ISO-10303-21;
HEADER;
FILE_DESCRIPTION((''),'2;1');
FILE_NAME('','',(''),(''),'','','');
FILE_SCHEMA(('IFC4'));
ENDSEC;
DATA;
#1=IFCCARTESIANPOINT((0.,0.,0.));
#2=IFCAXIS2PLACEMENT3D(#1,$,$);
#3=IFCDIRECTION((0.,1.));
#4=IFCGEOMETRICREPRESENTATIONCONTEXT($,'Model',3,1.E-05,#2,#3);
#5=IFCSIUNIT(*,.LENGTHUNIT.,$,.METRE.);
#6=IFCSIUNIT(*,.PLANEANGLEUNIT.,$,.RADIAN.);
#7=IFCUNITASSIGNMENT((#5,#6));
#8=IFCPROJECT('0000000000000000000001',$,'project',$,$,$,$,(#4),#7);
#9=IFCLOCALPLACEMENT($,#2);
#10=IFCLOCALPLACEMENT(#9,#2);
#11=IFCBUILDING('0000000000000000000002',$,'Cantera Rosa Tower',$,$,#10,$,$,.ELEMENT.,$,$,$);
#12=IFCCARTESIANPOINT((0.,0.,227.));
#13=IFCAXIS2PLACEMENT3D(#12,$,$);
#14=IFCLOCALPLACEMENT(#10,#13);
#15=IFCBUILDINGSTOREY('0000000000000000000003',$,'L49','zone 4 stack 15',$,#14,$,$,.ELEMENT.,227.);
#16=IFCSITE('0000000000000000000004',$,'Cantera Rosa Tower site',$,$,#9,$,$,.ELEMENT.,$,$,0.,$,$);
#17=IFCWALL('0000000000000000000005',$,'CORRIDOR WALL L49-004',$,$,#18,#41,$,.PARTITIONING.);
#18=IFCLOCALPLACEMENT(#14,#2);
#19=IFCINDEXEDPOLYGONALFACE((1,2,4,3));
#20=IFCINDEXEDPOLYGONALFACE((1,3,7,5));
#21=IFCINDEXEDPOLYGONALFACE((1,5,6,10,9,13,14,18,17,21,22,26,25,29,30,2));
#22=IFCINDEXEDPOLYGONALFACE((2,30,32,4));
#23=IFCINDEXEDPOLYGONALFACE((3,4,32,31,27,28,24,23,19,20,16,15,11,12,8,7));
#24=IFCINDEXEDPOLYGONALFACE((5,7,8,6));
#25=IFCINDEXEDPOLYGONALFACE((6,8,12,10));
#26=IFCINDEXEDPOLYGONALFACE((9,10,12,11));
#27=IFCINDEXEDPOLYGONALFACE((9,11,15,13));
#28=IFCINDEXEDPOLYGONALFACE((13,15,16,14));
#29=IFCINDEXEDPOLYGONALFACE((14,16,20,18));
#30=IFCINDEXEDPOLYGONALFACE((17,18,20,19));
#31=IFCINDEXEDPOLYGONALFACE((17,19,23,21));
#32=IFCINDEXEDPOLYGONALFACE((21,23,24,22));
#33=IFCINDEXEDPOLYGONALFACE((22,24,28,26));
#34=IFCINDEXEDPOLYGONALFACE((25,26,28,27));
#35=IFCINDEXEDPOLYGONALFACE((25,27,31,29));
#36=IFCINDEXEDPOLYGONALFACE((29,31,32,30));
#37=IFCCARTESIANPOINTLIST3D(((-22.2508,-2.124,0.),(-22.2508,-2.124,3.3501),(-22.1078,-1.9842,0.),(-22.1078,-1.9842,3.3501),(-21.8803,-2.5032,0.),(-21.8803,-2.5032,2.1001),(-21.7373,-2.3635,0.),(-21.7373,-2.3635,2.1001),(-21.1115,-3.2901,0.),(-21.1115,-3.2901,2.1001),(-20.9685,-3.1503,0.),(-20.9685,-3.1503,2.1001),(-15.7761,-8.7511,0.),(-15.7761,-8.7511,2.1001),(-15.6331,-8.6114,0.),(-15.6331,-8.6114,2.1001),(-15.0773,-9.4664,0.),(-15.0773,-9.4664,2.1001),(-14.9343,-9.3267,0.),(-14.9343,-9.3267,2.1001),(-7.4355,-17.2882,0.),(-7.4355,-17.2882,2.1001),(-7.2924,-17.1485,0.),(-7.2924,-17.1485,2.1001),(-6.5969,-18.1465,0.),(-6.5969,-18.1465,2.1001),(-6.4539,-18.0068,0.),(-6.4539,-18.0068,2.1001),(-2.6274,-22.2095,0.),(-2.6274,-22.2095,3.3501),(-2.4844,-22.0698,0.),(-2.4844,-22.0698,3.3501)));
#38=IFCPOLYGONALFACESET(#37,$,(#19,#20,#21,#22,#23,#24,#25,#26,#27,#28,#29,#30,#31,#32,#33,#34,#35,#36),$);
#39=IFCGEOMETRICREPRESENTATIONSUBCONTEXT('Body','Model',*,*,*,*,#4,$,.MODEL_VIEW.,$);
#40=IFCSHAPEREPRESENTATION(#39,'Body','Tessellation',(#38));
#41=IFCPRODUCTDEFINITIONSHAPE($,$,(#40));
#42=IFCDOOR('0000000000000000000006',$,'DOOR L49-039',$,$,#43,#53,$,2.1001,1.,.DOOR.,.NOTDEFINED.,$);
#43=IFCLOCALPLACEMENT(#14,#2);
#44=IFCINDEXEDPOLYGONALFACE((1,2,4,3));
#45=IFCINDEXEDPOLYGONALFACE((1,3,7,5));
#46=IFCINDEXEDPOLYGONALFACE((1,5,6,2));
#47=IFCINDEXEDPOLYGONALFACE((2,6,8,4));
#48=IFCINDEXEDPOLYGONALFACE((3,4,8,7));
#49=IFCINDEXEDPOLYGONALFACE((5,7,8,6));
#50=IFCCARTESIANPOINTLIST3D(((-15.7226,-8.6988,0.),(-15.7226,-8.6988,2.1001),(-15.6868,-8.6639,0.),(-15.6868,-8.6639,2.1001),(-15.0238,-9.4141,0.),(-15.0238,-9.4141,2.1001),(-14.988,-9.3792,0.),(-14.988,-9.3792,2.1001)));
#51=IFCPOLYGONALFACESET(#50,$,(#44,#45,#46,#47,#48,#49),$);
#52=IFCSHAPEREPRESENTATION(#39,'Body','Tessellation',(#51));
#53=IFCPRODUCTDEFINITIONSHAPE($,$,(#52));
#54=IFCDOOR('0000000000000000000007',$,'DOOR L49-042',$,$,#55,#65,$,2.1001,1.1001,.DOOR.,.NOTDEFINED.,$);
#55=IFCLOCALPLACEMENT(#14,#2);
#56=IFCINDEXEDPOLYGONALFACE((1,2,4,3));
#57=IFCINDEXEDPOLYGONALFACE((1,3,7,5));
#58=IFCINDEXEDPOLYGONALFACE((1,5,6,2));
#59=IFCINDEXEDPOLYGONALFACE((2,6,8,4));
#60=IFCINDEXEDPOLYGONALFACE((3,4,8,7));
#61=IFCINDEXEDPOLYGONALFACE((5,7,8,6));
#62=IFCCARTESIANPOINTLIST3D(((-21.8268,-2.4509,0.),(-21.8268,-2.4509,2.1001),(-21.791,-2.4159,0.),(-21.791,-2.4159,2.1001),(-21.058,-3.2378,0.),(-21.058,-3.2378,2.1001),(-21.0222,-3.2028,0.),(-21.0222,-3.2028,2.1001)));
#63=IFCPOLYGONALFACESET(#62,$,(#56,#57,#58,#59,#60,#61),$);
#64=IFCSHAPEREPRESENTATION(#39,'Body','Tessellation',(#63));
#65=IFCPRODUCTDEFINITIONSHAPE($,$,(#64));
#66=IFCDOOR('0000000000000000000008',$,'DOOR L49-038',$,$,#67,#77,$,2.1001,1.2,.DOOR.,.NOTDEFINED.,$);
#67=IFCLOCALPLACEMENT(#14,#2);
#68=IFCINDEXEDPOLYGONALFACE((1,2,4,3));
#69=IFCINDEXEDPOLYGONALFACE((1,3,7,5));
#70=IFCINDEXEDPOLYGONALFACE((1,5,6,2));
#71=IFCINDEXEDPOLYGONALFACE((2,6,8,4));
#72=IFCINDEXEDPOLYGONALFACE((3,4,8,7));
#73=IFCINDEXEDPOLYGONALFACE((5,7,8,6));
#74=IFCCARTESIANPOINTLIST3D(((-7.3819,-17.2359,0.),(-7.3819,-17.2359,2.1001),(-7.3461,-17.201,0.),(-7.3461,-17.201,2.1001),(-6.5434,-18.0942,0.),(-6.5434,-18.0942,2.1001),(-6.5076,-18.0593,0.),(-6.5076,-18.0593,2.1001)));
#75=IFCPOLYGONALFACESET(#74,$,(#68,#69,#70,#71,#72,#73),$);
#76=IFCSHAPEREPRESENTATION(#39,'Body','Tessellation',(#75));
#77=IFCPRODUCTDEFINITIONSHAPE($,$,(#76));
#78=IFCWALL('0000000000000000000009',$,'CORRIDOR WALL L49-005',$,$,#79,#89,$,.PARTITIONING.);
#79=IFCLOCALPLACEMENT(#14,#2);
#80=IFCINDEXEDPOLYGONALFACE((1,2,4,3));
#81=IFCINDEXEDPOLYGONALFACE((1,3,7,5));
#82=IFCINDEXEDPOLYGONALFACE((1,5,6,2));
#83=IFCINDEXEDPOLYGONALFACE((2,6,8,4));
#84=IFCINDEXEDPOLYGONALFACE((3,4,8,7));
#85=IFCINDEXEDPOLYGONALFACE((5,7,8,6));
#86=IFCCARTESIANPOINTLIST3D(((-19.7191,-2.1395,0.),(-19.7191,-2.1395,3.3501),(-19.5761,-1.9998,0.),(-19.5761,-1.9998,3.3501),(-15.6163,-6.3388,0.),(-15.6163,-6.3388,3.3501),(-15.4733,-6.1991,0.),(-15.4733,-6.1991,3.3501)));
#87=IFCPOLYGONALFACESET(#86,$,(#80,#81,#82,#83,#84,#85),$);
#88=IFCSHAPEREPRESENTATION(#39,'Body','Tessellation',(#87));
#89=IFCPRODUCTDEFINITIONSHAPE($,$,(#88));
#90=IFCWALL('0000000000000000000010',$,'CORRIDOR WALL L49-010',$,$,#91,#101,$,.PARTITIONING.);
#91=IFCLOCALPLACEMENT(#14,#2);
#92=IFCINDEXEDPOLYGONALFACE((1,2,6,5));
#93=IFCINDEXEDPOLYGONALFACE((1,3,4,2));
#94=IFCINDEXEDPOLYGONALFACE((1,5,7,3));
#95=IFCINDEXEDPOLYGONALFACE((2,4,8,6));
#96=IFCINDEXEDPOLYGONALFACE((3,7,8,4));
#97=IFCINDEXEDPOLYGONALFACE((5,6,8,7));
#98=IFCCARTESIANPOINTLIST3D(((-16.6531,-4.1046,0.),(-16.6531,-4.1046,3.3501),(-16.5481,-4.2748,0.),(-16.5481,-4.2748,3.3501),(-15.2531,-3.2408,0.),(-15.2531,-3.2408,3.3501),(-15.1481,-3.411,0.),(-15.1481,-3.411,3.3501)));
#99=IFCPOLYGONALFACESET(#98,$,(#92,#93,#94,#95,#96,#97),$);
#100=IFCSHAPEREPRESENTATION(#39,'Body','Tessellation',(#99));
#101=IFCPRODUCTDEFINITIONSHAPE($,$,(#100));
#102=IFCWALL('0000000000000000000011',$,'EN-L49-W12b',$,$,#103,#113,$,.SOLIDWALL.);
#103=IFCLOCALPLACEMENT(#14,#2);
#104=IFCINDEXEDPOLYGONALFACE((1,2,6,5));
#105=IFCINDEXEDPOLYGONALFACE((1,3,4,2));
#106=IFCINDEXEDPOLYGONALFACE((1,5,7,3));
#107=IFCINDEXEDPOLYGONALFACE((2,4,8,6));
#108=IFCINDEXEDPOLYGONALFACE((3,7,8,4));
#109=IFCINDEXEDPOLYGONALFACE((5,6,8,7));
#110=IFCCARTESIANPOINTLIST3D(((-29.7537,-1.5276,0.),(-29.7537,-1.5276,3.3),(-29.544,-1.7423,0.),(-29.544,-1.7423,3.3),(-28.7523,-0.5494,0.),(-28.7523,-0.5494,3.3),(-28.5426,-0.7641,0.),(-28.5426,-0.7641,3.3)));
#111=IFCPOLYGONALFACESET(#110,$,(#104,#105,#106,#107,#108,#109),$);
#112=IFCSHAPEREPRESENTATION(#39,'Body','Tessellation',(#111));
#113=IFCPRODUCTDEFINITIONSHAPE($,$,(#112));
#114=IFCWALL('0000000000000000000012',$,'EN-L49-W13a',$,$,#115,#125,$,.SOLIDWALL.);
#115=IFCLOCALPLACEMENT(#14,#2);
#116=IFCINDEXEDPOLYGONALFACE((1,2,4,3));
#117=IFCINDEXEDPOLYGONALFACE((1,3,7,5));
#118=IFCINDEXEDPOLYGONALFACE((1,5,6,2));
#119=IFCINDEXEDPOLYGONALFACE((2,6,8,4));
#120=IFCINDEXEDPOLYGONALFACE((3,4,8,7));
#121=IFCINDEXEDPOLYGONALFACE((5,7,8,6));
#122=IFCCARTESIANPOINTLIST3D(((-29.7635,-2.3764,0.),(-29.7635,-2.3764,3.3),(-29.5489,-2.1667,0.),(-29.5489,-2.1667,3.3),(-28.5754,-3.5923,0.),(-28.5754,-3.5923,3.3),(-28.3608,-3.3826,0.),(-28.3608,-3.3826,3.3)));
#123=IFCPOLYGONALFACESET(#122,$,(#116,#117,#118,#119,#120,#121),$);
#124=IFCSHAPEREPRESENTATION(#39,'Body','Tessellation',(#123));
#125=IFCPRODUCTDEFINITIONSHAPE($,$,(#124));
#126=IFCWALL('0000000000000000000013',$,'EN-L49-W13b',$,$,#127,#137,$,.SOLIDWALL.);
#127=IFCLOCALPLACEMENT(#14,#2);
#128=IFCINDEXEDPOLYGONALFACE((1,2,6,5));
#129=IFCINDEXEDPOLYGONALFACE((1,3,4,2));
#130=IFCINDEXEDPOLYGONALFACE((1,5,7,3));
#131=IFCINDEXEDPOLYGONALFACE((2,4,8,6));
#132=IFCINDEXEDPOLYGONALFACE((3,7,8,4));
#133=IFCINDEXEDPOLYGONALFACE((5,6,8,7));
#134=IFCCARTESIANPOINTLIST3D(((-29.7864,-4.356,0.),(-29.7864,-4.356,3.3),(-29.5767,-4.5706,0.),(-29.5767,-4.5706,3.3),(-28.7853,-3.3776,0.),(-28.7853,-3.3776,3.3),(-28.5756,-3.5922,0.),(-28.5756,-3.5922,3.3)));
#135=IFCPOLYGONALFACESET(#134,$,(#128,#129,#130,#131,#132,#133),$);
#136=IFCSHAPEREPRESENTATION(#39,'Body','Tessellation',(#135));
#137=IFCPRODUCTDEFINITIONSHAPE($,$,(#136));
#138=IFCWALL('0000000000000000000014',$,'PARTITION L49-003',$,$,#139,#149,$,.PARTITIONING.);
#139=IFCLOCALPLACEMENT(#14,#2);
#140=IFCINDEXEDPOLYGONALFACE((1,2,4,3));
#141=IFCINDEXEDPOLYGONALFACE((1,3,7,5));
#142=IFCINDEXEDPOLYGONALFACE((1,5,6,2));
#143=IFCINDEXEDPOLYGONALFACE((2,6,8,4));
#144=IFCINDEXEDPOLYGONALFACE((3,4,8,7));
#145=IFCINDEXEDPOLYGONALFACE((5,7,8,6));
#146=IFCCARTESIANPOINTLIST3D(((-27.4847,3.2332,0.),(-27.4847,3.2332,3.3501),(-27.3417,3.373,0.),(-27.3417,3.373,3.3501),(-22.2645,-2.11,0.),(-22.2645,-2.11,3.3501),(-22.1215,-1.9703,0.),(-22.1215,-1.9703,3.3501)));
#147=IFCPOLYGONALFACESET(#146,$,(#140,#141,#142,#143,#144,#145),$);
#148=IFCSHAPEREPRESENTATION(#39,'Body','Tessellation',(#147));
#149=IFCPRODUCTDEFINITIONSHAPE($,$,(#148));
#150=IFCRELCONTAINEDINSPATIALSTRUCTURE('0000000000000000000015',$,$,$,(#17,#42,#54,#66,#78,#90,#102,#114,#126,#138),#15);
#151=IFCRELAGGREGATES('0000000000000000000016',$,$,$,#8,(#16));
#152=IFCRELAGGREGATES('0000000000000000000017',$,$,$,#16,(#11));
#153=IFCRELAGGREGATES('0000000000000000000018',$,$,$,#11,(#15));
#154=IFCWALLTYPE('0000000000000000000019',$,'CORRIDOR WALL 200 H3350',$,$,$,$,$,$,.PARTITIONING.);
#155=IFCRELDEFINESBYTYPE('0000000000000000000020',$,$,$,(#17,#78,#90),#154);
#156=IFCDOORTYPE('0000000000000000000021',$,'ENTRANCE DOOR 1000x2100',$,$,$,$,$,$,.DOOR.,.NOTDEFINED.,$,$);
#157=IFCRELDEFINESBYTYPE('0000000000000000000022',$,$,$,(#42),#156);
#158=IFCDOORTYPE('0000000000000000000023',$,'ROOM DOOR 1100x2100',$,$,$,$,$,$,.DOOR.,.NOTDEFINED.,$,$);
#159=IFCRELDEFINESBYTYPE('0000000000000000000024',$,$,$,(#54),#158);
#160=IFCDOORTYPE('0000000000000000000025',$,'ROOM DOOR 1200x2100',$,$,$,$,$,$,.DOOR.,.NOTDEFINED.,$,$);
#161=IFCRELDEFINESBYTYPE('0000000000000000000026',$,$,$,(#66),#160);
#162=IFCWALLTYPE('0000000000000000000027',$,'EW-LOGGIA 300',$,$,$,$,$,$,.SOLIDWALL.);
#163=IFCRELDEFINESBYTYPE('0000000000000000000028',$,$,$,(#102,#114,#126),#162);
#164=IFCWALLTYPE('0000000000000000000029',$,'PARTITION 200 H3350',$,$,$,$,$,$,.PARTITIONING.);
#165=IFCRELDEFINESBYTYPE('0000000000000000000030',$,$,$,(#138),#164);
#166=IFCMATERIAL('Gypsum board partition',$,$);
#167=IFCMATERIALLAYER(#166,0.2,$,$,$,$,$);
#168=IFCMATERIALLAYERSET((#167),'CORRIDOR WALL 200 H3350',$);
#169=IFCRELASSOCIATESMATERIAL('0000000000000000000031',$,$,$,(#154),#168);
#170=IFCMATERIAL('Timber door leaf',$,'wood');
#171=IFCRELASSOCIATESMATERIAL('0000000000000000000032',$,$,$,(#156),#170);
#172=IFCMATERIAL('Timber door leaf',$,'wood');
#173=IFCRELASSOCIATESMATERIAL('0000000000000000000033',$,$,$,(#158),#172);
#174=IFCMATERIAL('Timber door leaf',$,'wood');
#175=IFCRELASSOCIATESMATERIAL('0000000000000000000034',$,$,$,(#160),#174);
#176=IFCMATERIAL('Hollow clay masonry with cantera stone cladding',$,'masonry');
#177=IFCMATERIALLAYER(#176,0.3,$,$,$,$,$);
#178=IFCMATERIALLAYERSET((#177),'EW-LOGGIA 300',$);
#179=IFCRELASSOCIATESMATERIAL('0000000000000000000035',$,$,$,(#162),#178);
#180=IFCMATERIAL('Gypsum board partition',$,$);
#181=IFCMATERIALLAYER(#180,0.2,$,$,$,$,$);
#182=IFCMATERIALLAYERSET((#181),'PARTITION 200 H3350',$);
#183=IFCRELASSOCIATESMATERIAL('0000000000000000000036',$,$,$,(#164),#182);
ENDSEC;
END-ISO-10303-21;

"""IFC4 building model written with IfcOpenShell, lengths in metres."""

from ifc_helpers import new_model, si_unit, direction, frame, frame_2d, origin, place, context, subcontext, project, spatial, rectangle, extrude, material, layer, layer_set, type_object, element, fill, save


model = new_model("IFC4")

# Units and contexts
model_context = context("Model", 3, precision=1e-05, world=origin(), true_north=direction((0.0, 1.0)))
body_context = subcontext(model_context, "Body", "Model", "MODEL_VIEW")
ifc_project = project(units=[si_unit("LENGTHUNIT", "METRE"), si_unit("PLANEANGLEUNIT", "RADIAN")], contexts=[model_context])

# Site, building, storey
site_placement = place(None, origin())
site = spatial("IfcSite", under=ifc_project, at=site_placement, Name="Cantera Rosa Tower site", CompositionType="ELEMENT", RefElevation=0.0)
building_placement = place(site_placement, origin())
building = spatial("IfcBuilding", under=site, at=building_placement, Name="Cantera Rosa Tower", CompositionType="ELEMENT")
storey_placement = place(building_placement, frame((0.0, 0.0, 227.0)))
storey = spatial("IfcBuildingStorey", under=building, at=storey_placement, Name="L49", Description="zone 4 stack 15", CompositionType="ELEMENT", Elevation=227.0)

# Wall, openings, doors
ifc_material_1 = material(Name="Gypsum board partition")
ifc_layer_1 = layer(ifc_material_1, 0.2)
ifc_layer_set_1 = layer_set([ifc_layer_1], Name="CORRIDOR WALL 200 H3350")
wall_type_1 = type_object("IfcWallType", Name="CORRIDOR WALL 200 H3350", PredefinedType="PARTITIONING", material=ifc_layer_set_1)
wall_1_placement = place(storey_placement, frame((-22.1792, -2.0542, 0.0), z_axis=(0.0, 0.0, 1.0), x_axis=(0.69883, -0.715288, 0.0)))
wall_1 = element("IfcWall", 1, at=wall_1_placement, inside=storey, type_object=wall_type_1, Name="CORRIDOR WALL L49-004", PredefinedType="PARTITIONING", context=body_context, shape_type="SweptSolid", body=[
    extrude(rectangle(XDim=28.0803, YDim=0.2, at=frame_2d((14.04, 0.0))), origin(), (0.0, 0.0, 1.0), 3.3501),
])
opening_1_placement = place(wall_1_placement, frame((21.2, 0.0, 0.0)))
opening_1 = element("IfcOpeningElement", 2, at=opening_1_placement, cuts=wall_1, PredefinedType="OPENING", context=body_context, shape_type="SweptSolid", body=[
    extrude(rectangle(XDim=1.2, YDim=2.1001, at=frame_2d((0.6001, 1.05))), frame((0.0, 0.1099, 0.0), z_axis=(0.0, -1.0, 0.0), x_axis=(1.0, 0.0, 0.0)), (0.0, 0.0, 1.0), 0.22),
])
opening_2_placement = place(wall_1_placement, frame((9.2649, 0.0, 0.0)))
opening_2 = element("IfcOpeningElement", 3, at=opening_2_placement, cuts=wall_1, PredefinedType="OPENING", context=body_context, shape_type="SweptSolid", body=[
    extrude(rectangle(XDim=1.0, YDim=2.1001, at=frame_2d((0.5, 1.05))), frame((0.0, 0.1099, 0.0), z_axis=(0.0, -1.0, 0.0), x_axis=(1.0, 0.0, 0.0)), (0.0, 0.0, 1.0), 0.22),
])
opening_3_placement = place(wall_1_placement, frame((0.53, 0.0, 0.0)))
opening_3 = element("IfcOpeningElement", 4, at=opening_3_placement, cuts=wall_1, PredefinedType="OPENING", context=body_context, shape_type="SweptSolid", body=[
    extrude(rectangle(XDim=1.1001, YDim=2.1001, at=frame_2d((0.55, 1.05))), frame((0.0, 0.1099, 0.0), z_axis=(0.0, -1.0, 0.0), x_axis=(1.0, 0.0, 0.0)), (0.0, 0.0, 1.0), 0.22),
])
ifc_material_2 = material(Name="Timber door leaf", Category="wood")
door_type_1 = type_object("IfcDoorType", Name="ENTRANCE DOOR 1000x2100", OperationType="NOTDEFINED", PredefinedType="DOOR", material=ifc_material_2)
door_1_placement = place(opening_2_placement, origin())
door_1 = element("IfcDoor", 5, at=door_1_placement, inside=storey, type_object=door_type_1, Name="DOOR L49-039", OperationType="NOTDEFINED", OverallHeight=2.1001, OverallWidth=1.0, PredefinedType="DOOR", context=body_context, shape_type="SweptSolid", body=[
    extrude(rectangle(XDim=1.0, YDim=2.1001, at=frame_2d((0.5, 1.05))), frame((0.0, 0.0249, 0.0), z_axis=(0.0, -1.0, 0.0), x_axis=(1.0, 0.0, 0.0)), (0.0, 0.0, 1.0), 0.05),
])
fill(opening_2, door_1)
ifc_material_3 = material(Name="Timber door leaf", Category="wood")
door_type_2 = type_object("IfcDoorType", Name="ROOM DOOR 1100x2100", OperationType="NOTDEFINED", PredefinedType="DOOR", material=ifc_material_3)
door_2_placement = place(opening_3_placement, origin())
door_2 = element("IfcDoor", 6, at=door_2_placement, inside=storey, type_object=door_type_2, Name="DOOR L49-042", OperationType="NOTDEFINED", OverallHeight=2.1001, OverallWidth=1.1001, PredefinedType="DOOR", context=body_context, shape_type="SweptSolid", body=[
    extrude(rectangle(XDim=1.1001, YDim=2.1001, at=frame_2d((0.55, 1.05))), frame((0.0, 0.0249, 0.0), z_axis=(0.0, -1.0, 0.0), x_axis=(1.0, 0.0, 0.0)), (0.0, 0.0, 1.0), 0.05),
])
fill(opening_3, door_2)
ifc_material_4 = material(Name="Timber door leaf", Category="wood")
door_type_3 = type_object("IfcDoorType", Name="ROOM DOOR 1200x2100", OperationType="NOTDEFINED", PredefinedType="DOOR", material=ifc_material_4)
door_3_placement = place(opening_1_placement, origin())
door_3 = element("IfcDoor", 7, at=door_3_placement, inside=storey, type_object=door_type_3, Name="DOOR L49-038", OperationType="NOTDEFINED", OverallHeight=2.1001, OverallWidth=1.2, PredefinedType="DOOR", context=body_context, shape_type="SweptSolid", body=[
    extrude(rectangle(XDim=1.2, YDim=2.1001, at=frame_2d((0.6001, 1.05))), frame((0.0, 0.0249, 0.0), z_axis=(0.0, -1.0, 0.0), x_axis=(1.0, 0.0, 0.0)), (0.0, 0.0, 1.0), 0.05),
])
fill(opening_1, door_3)

# Walls
wall_2_placement = place(storey_placement, frame((-19.6477, -2.0696, 0.0), z_axis=(0.0, 0.0, 1.0), x_axis=(0.698846, -0.715272, 0.0)))
element("IfcWall", 8, at=wall_2_placement, inside=storey, type_object=wall_type_1, Name="CORRIDOR WALL L49-005", PredefinedType="PARTITIONING", context=body_context, shape_type="SweptSolid", body=[
    extrude(rectangle(XDim=5.8708, YDim=0.2, at=frame_2d((2.9355, 0.0))), origin(), (0.0, 0.0, 1.0), 3.3501),
])
wall_3_placement = place(storey_placement, frame((-16.6006, -4.1897, 0.0), z_axis=(0.0, 0.0, 1.0), x_axis=(0.851036, 0.525107, 0.0)))
element("IfcWall", 9, at=wall_3_placement, inside=storey, type_object=wall_type_1, Name="CORRIDOR WALL L49-010", PredefinedType="PARTITIONING", context=body_context, shape_type="SweptSolid", body=[
    extrude(rectangle(XDim=1.645, YDim=0.2, at=frame_2d((0.8225, 0.0))), origin(), (0.0, 0.0, 1.0), 3.3501),
])
ifc_material_5 = material(Name="Hollow clay masonry with cantera stone cladding", Category="masonry")
ifc_layer_2 = layer(ifc_material_5, 0.3)
ifc_layer_set_2 = layer_set([ifc_layer_2], Name="EW-LOGGIA 300")
wall_type_2 = type_object("IfcWallType", Name="EW-LOGGIA 300", PredefinedType="SOLIDWALL", material=ifc_layer_set_2)
wall_4_placement = place(storey_placement, frame((-28.6475, -0.6567, 0.0), z_axis=(0.0, 0.0, 1.0), x_axis=(-0.715342, -0.698775, 0.0)))
element("IfcWall", 10, at=wall_4_placement, inside=storey, type_object=wall_type_2, Name="EN-L49-W12b", PredefinedType="SOLIDWALL", context=body_context, shape_type="SweptSolid", body=[
    extrude(rectangle(XDim=1.3999, YDim=0.3, at=frame_2d((0.7, 0.0))), origin(), (0.0, 0.0, 1.0), 3.3),
])
wall_5_placement = place(storey_placement, frame((-29.6562, -2.2715, 0.0), z_axis=(0.0, 0.0, 1.0), x_axis=(0.698873, -0.715246, 0.0)))
element("IfcWall", 11, at=wall_5_placement, inside=storey, type_object=wall_type_2, Name="EN-L49-W13a", PredefinedType="SOLIDWALL", context=body_context, shape_type="SweptSolid", body=[
    extrude(rectangle(XDim=1.7, YDim=0.3, at=frame_2d((0.8501, 0.0))), origin(), (0.0, 0.0, 1.0), 3.3),
])
wall_6_placement = place(storey_placement, frame((-28.6804, -3.4849, 0.0), z_axis=(0.0, 0.0, 1.0), x_axis=(-0.715169, -0.698951, 0.0)))
element("IfcWall", 12, at=wall_6_placement, inside=storey, type_object=wall_type_2, Name="EN-L49-W13b", PredefinedType="SOLIDWALL", context=body_context, shape_type="SweptSolid", body=[
    extrude(rectangle(XDim=1.3999, YDim=0.3, at=frame_2d((0.7, 0.0))), origin(), (0.0, 0.0, 1.0), 3.3),
])

# Wall
ifc_material_6 = material(Name="Gypsum board partition")
ifc_layer_3 = layer(ifc_material_6, 0.2)
ifc_layer_set_3 = layer_set([ifc_layer_3], Name="PARTITION 200 H3350")
wall_type_3 = type_object("IfcWallType", Name="PARTITION 200 H3350", PredefinedType="PARTITIONING", material=ifc_layer_set_3)
wall_7_placement = place(storey_placement, frame((-22.1931, -2.04, 0.0), z_axis=(0.0, 0.0, 1.0), x_axis=(-0.698823, 0.715295, 0.0)))
element("IfcWall", 13, at=wall_7_placement, inside=storey, type_object=wall_type_3, Name="PARTITION L49-003", PredefinedType="PARTITIONING", context=body_context, shape_type="SweptSolid", body=[
    extrude(rectangle(XDim=7.47, YDim=0.2, at=frame_2d((3.7349, 0.0))), origin(), (0.0, 0.0, 1.0), 3.3501),
])

save(model, "model.ifc")
